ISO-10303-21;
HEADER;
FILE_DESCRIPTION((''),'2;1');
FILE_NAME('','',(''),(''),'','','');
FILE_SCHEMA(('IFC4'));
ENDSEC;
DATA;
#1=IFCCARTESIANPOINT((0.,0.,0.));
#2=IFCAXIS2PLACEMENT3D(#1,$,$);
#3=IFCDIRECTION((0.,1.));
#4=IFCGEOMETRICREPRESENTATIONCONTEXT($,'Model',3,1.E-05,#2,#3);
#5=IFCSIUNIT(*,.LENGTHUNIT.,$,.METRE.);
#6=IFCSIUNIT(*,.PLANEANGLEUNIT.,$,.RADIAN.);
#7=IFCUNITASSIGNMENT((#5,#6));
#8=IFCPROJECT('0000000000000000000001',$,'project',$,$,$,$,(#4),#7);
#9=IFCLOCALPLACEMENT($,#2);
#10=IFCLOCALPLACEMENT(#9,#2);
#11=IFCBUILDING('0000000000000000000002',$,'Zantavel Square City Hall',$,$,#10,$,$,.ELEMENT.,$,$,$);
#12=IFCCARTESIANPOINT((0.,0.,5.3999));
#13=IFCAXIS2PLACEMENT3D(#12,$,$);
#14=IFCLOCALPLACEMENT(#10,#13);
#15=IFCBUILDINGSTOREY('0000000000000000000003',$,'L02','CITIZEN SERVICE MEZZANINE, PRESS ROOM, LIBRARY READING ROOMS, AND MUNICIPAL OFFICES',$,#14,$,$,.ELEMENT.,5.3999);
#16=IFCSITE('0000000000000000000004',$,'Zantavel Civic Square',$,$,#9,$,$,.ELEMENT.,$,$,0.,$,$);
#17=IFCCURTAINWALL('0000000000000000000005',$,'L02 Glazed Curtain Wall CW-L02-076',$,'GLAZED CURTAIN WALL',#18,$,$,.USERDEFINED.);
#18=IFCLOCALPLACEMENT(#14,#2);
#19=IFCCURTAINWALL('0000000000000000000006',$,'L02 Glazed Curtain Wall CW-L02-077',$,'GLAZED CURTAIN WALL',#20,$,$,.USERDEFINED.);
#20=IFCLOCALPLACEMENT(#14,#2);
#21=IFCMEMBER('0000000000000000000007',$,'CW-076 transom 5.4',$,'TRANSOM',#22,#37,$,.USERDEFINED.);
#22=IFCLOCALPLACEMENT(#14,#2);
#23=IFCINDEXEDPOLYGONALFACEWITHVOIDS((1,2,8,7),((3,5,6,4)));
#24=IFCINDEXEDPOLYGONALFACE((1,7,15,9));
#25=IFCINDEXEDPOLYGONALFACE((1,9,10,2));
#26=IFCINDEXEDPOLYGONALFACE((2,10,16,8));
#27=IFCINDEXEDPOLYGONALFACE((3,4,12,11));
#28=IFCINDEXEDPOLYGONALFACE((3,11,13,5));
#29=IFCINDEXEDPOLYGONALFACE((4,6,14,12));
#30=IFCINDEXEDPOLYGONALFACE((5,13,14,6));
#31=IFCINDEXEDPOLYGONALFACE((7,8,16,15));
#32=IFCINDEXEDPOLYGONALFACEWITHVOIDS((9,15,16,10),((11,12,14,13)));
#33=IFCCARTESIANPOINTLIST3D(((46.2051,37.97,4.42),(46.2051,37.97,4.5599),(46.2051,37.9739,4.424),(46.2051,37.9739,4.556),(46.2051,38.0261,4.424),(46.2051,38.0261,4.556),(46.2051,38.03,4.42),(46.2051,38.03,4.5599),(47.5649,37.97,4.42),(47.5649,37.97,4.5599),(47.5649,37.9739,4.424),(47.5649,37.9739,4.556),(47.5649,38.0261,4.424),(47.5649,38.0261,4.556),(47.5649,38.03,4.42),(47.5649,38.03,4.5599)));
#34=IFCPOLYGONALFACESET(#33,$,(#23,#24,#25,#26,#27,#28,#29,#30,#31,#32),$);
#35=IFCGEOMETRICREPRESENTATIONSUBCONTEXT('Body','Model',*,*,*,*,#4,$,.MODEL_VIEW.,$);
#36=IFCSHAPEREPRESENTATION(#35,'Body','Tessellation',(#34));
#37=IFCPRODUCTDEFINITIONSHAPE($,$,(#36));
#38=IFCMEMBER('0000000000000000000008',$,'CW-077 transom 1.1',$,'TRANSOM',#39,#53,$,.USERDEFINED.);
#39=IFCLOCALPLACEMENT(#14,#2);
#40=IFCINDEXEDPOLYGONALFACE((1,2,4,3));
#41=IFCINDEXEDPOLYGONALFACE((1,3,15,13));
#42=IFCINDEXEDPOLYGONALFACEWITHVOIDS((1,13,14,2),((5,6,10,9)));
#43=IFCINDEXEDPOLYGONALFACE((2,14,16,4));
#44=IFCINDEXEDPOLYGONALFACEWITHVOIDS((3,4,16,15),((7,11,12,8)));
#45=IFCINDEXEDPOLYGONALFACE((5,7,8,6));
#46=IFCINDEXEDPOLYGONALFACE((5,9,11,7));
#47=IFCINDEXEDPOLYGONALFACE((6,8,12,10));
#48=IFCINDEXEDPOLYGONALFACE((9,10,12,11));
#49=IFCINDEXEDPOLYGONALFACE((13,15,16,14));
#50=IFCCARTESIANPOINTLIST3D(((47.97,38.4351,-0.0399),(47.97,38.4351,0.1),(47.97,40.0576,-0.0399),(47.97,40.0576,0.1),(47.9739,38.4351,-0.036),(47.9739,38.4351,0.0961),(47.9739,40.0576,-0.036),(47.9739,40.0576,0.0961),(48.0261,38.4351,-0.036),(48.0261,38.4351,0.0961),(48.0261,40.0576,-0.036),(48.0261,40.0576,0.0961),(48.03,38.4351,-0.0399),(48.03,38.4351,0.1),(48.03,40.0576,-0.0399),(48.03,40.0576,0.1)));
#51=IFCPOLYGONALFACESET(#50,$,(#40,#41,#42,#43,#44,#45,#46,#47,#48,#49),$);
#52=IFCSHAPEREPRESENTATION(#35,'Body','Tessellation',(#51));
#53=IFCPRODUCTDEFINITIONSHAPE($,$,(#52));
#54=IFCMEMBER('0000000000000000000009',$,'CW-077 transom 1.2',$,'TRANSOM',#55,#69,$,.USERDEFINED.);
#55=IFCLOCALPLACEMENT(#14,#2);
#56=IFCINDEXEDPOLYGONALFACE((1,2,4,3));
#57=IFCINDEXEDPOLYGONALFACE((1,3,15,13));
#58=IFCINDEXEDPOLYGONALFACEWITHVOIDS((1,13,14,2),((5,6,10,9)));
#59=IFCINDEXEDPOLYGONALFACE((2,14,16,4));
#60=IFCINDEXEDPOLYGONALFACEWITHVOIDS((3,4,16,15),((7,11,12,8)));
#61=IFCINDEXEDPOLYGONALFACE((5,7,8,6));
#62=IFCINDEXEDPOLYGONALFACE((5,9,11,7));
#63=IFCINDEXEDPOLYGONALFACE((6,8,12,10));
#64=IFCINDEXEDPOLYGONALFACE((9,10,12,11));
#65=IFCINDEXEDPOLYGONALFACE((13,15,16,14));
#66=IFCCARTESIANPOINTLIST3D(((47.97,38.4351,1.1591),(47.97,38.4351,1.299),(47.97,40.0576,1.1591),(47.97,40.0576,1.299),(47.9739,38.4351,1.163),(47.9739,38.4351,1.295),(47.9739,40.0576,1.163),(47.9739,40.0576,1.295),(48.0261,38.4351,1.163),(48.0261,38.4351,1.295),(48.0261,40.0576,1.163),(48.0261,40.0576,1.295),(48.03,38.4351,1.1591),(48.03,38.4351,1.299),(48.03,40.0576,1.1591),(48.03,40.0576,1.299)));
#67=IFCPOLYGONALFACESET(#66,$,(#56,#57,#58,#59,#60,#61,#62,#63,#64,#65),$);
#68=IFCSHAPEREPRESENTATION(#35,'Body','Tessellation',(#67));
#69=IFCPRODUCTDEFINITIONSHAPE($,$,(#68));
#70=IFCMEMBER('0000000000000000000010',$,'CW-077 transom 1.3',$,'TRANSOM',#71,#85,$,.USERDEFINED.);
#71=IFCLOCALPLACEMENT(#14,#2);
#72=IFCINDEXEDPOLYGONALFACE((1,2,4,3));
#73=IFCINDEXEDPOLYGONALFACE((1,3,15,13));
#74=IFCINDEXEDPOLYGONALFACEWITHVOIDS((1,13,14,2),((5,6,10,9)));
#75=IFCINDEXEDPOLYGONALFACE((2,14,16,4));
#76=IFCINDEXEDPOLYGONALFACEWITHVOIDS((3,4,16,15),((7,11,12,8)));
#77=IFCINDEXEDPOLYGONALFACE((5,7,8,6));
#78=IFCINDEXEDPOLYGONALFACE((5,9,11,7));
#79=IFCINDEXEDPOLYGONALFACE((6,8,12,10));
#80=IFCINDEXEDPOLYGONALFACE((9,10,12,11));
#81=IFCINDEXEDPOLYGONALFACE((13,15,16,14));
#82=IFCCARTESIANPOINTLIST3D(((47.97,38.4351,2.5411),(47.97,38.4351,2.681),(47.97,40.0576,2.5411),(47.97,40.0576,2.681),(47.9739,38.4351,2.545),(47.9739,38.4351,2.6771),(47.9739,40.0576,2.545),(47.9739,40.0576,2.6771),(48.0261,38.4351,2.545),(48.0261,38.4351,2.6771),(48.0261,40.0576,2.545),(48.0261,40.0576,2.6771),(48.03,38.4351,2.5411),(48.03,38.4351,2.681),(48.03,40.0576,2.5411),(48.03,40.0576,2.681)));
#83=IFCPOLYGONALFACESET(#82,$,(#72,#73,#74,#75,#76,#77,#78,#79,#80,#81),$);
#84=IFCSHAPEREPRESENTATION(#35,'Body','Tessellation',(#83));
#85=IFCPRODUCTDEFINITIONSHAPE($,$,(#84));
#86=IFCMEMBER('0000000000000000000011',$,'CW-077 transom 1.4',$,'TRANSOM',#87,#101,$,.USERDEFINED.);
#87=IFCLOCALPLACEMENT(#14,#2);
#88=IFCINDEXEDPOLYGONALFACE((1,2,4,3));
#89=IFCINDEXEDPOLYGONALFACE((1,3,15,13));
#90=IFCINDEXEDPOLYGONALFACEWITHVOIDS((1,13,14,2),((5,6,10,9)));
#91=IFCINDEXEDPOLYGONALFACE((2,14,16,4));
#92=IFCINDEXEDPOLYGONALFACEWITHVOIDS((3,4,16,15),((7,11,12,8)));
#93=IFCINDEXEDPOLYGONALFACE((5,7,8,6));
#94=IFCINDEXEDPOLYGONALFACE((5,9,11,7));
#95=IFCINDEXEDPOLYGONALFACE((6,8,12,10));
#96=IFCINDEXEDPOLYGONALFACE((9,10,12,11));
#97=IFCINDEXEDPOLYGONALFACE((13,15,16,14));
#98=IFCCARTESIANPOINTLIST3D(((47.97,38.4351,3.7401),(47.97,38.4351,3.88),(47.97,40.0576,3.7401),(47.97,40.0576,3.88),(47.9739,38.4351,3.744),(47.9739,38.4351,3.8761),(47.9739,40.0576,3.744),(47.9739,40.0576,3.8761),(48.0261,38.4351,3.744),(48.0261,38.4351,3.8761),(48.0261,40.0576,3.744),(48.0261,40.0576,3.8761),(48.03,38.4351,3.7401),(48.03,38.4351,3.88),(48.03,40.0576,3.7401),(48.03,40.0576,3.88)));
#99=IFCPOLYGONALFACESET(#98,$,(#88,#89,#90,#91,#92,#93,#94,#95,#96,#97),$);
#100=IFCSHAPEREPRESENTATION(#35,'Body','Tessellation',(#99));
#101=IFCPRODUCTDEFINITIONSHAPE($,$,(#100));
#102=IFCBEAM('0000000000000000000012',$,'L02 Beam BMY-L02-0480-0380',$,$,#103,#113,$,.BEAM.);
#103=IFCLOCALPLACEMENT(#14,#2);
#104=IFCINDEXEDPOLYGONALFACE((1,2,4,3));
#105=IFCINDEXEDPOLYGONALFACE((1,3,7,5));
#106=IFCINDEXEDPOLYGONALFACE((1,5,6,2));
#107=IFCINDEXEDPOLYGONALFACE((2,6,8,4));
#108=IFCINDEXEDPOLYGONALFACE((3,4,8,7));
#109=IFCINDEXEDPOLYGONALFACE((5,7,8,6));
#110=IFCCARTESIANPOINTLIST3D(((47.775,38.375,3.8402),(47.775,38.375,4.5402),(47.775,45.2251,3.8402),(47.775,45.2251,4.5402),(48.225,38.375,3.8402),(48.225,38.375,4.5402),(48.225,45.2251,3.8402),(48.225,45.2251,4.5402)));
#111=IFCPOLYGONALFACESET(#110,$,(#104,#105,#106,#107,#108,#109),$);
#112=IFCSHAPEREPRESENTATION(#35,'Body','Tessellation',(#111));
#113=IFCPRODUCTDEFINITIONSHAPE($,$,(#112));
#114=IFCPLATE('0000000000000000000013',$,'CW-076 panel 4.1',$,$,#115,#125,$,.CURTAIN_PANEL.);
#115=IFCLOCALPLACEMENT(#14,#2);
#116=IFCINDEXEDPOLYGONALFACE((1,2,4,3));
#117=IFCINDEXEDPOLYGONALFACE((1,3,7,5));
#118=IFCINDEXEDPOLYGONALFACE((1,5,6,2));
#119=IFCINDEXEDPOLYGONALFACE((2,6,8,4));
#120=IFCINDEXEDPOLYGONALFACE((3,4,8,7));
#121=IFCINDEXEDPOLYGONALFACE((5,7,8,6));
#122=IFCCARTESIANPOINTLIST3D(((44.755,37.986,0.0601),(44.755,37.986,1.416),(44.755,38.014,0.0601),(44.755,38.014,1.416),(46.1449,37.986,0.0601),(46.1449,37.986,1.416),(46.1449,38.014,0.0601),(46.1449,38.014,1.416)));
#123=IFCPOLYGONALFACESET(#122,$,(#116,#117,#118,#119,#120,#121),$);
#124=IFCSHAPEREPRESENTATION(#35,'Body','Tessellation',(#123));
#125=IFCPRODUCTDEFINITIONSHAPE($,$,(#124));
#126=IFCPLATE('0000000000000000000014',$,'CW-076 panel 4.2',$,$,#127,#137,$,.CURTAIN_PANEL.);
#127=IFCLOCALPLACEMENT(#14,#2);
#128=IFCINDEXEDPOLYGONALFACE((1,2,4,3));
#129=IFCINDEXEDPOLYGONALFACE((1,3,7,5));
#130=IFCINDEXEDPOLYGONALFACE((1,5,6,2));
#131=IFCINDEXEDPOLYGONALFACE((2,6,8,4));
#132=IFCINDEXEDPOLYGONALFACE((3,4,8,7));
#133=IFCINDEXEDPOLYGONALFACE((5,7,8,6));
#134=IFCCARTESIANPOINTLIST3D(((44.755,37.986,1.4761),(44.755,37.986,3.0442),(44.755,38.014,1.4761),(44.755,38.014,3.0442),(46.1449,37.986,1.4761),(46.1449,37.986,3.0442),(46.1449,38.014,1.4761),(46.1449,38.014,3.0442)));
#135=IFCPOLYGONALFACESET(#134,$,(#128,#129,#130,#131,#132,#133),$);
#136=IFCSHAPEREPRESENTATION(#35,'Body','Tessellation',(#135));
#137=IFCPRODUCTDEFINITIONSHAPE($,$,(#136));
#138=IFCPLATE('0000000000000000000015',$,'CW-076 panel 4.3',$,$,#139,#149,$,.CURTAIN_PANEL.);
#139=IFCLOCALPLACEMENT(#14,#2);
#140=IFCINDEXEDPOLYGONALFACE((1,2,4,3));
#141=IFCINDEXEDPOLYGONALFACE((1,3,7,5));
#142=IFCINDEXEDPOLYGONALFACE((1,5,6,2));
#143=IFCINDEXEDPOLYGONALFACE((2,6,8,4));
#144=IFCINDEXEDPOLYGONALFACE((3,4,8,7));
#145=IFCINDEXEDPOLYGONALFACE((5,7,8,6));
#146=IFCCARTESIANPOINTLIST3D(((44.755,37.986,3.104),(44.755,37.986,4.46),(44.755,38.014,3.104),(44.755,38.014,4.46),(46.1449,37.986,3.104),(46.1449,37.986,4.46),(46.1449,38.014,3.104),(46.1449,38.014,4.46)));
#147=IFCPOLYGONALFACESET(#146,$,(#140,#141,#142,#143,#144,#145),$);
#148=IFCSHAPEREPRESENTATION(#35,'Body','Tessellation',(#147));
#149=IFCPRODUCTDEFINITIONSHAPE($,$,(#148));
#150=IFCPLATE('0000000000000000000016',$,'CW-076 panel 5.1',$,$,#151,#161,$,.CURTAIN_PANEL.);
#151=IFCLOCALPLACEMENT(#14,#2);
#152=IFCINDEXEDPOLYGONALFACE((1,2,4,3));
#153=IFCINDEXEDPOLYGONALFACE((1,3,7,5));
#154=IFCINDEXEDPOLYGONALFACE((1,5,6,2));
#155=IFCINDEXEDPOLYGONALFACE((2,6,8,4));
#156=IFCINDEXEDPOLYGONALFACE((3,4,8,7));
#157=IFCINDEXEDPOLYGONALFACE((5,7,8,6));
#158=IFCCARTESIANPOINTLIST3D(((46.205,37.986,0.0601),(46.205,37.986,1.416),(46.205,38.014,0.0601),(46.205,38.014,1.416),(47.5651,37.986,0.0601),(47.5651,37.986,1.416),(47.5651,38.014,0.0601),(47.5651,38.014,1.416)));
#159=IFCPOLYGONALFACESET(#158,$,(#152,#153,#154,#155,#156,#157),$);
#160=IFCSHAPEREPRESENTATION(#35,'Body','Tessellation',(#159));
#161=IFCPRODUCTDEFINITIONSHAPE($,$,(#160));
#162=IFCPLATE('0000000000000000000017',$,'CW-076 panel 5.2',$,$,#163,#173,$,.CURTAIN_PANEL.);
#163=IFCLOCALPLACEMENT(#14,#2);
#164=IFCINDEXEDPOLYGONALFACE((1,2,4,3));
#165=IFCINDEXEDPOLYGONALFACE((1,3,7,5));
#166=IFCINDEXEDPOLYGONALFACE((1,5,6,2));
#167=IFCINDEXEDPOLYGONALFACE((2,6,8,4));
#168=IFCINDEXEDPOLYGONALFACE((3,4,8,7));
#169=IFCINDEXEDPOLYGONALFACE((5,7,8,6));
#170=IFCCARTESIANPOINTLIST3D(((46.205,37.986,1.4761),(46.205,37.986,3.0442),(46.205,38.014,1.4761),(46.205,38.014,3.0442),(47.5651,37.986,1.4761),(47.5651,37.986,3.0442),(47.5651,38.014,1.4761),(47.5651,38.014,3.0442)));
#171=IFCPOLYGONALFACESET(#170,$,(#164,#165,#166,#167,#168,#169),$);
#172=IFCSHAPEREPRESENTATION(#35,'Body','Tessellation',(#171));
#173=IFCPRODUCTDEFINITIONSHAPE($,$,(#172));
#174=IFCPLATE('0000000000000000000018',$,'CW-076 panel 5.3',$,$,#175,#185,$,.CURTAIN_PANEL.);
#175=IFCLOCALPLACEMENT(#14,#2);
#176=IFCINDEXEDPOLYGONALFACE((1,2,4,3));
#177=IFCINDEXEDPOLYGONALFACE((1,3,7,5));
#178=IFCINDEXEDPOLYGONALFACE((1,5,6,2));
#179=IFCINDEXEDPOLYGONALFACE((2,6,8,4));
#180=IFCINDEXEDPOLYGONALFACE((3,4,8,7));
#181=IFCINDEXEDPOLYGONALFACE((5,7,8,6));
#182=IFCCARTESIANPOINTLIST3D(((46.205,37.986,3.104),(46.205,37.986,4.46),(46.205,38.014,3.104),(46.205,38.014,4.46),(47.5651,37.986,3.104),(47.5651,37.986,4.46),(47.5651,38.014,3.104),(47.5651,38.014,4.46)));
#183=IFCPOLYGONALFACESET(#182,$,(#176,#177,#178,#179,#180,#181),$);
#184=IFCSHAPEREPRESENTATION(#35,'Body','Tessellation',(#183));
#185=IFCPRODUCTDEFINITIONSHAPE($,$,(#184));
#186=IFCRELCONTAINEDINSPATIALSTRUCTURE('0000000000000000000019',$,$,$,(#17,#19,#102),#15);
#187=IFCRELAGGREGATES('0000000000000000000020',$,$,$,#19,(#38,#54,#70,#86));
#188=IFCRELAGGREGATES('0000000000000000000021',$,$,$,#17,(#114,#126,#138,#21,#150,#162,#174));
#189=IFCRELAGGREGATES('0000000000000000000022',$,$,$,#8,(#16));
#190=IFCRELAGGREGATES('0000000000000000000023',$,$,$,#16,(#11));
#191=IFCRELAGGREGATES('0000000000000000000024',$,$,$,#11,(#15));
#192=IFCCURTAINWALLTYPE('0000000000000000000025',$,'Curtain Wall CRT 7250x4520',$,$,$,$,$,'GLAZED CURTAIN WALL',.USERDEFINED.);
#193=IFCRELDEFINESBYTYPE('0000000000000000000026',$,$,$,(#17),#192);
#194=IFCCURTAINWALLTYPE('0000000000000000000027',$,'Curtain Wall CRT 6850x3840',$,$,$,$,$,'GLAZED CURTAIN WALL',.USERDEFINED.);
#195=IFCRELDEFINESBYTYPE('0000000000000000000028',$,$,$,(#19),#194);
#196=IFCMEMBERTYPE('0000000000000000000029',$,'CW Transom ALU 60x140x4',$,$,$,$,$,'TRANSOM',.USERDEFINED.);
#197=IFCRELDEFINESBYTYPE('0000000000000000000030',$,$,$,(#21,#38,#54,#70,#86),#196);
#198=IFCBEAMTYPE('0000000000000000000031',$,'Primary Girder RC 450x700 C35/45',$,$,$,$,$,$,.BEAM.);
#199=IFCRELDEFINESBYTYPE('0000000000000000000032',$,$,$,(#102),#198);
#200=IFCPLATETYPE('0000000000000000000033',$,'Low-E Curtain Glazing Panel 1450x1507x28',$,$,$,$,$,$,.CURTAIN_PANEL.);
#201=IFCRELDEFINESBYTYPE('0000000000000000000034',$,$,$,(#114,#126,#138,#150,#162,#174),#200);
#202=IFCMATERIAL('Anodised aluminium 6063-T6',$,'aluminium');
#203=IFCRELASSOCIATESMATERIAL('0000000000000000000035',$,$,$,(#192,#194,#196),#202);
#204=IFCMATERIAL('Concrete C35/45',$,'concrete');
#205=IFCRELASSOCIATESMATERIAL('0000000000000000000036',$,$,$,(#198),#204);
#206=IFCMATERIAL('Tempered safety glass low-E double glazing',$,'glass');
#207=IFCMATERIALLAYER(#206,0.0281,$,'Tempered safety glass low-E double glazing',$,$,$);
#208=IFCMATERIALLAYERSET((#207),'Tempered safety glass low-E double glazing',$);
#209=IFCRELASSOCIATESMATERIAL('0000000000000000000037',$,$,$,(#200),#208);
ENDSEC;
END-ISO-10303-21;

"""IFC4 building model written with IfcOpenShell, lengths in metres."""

from ifc_helpers import new_model, si_unit, direction, frame, origin, origin_2d, place, context, subcontext, project, spatial, rectangle, hollow_rectangle, extrude, material, layer, layer_set, material_profile, profile_set, type_object, element, aggregate, save


model = new_model("IFC4")

# Units and contexts
model_context = context("Model", 3, precision=1e-05, world=origin(), true_north=direction((0.0, 1.0)))
body_context = subcontext(model_context, "Body", "Model", "MODEL_VIEW")
ifc_project = project(units=[si_unit("LENGTHUNIT", "METRE"), si_unit("PLANEANGLEUNIT", "RADIAN")], contexts=[model_context])

# Site, building, storey
site_placement = place(None, origin())
site = spatial("IfcSite", under=ifc_project, at=site_placement, Name="Zantavel Civic Square", CompositionType="ELEMENT", RefElevation=0.0)
building_placement = place(site_placement, origin())
building = spatial("IfcBuilding", under=site, at=building_placement, Name="Zantavel Square City Hall", CompositionType="ELEMENT")
storey_placement = place(building_placement, frame((0.0, 0.0, 5.3999)))
storey = spatial("IfcBuildingStorey", under=building, at=storey_placement, Name="L02", Description="CITIZEN SERVICE MEZZANINE, PRESS ROOM, LIBRARY READING ROOMS, AND MUNICIPAL OFFICES", CompositionType="ELEMENT", Elevation=5.3999)

# Curtain wall
ifc_material_1 = material(Name="Anodised aluminium 6063-T6", Category="aluminium")
curtain_wall_type_1 = type_object("IfcCurtainWallType", Name="Curtain Wall CRT 7250x4520", ElementType="GLAZED CURTAIN WALL", PredefinedType="USERDEFINED", material=ifc_material_1)
curtain_wall_1_placement = place(storey_placement, origin())
curtain_wall_1 = element("IfcCurtainWall", 1, at=curtain_wall_1_placement, inside=storey, type_object=curtain_wall_type_1, Name="L02 Glazed Curtain Wall CW-L02-076", ObjectType="GLAZED CURTAIN WALL", PredefinedType="USERDEFINED")

# Curtain wall
curtain_wall_type_2 = type_object("IfcCurtainWallType", Name="Curtain Wall CRT 6850x3840", ElementType="GLAZED CURTAIN WALL", PredefinedType="USERDEFINED", material=ifc_material_1)
curtain_wall_2_placement = place(storey_placement, origin())
curtain_wall_2 = element("IfcCurtainWall", 2, at=curtain_wall_2_placement, inside=storey, type_object=curtain_wall_type_2, Name="L02 Glazed Curtain Wall CW-L02-077", ObjectType="GLAZED CURTAIN WALL", PredefinedType="USERDEFINED")

# Members
ifc_material_profile_1 = material_profile(ifc_material_1, hollow_rectangle(XDim=0.0601, YDim=0.1399, WallThickness=0.0039, at=origin_2d()), Name="ALU 60x140x4")
ifc_profile_set_1 = profile_set([ifc_material_profile_1], Name="Anodised aluminium 6063-T6")
member_type_1 = type_object("IfcMemberType", Name="CW Transom ALU 60x140x4", ElementType="TRANSOM", PredefinedType="USERDEFINED", material=ifc_profile_set_1)
member_1_placement = place(storey_placement, frame((46.2051, 38.0, 4.49), z_axis=(1.0, 0.0, 0.0), x_axis=(0.0, 1.0, 0.0)))
member_1 = element("IfcMember", 3, at=member_1_placement, type_object=member_type_1, Name="CW-076 transom 5.4", ObjectType="TRANSOM", PredefinedType="USERDEFINED", context=body_context, shape_type="SweptSolid", body=[
    extrude(hollow_rectangle(XDim=0.0601, YDim=0.1399, WallThickness=0.0039, at=origin_2d()), origin(), (0.0, 0.0, 1.0), 1.3599),
])
member_2_placement = place(storey_placement, frame((48.0, 38.4351, 0.03), z_axis=(0.0, 1.0, 0.0), x_axis=(-1.0, 0.0, 0.0)))
member_2 = element("IfcMember", 4, at=member_2_placement, type_object=member_type_1, Name="CW-077 transom 1.1", ObjectType="TRANSOM", PredefinedType="USERDEFINED", context=body_context, shape_type="SweptSolid", body=[
    extrude(hollow_rectangle(XDim=0.0601, YDim=0.1399, WallThickness=0.0039, at=origin_2d()), origin(), (0.0, 0.0, 1.0), 1.6226),
])
member_3_placement = place(storey_placement, frame((48.0, 38.4351, 1.229), z_axis=(0.0, 1.0, 0.0), x_axis=(-1.0, 0.0, 0.0)))
member_3 = element("IfcMember", 5, at=member_3_placement, type_object=member_type_1, Name="CW-077 transom 1.2", ObjectType="TRANSOM", PredefinedType="USERDEFINED", context=body_context, shape_type="SweptSolid", body=[
    extrude(hollow_rectangle(XDim=0.0601, YDim=0.1399, WallThickness=0.0039, at=origin_2d()), origin(), (0.0, 0.0, 1.0), 1.6226),
])
member_4_placement = place(storey_placement, frame((48.0, 38.4351, 2.6111), z_axis=(0.0, 1.0, 0.0), x_axis=(-1.0, 0.0, 0.0)))
member_4 = element("IfcMember", 6, at=member_4_placement, type_object=member_type_1, Name="CW-077 transom 1.3", ObjectType="TRANSOM", PredefinedType="USERDEFINED", context=body_context, shape_type="SweptSolid", body=[
    extrude(hollow_rectangle(XDim=0.0601, YDim=0.1399, WallThickness=0.0039, at=origin_2d()), origin(), (0.0, 0.0, 1.0), 1.6226),
])
member_5_placement = place(storey_placement, frame((48.0, 38.4351, 3.8101), z_axis=(0.0, 1.0, 0.0), x_axis=(-1.0, 0.0, 0.0)))
member_5 = element("IfcMember", 7, at=member_5_placement, type_object=member_type_1, Name="CW-077 transom 1.4", ObjectType="TRANSOM", PredefinedType="USERDEFINED", context=body_context, shape_type="SweptSolid", body=[
    extrude(hollow_rectangle(XDim=0.0601, YDim=0.1399, WallThickness=0.0039, at=origin_2d()), origin(), (0.0, 0.0, 1.0), 1.6226),
])
aggregate(curtain_wall_2, [member_2, member_3, member_4, member_5])

# Beam
ifc_material_2 = material(Name="Concrete C35/45", Category="concrete")
ifc_material_profile_2 = material_profile(ifc_material_2, rectangle(XDim=0.45, YDim=0.7, at=origin_2d()), Name="RC 450x700")
ifc_profile_set_2 = profile_set([ifc_material_profile_2], Name="Concrete C35/45")
beam_type = type_object("IfcBeamType", Name="Primary Girder RC 450x700 C35/45", PredefinedType="BEAM", material=ifc_profile_set_2)
beam_placement = place(storey_placement, frame((48.0, 38.375, 4.1902), z_axis=(0.0, 1.0, 0.0), x_axis=(-1.0, 0.0, 0.0)))
element("IfcBeam", 8, at=beam_placement, inside=storey, type_object=beam_type, Name="L02 Beam BMY-L02-0480-0380", PredefinedType="BEAM", context=body_context, shape_type="SweptSolid", body=[
    extrude(rectangle(XDim=0.45, YDim=0.7, at=origin_2d()), origin(), (0.0, 0.0, 1.0), 6.8501),
])

# Plates
ifc_material_3 = material(Name="Tempered safety glass low-E double glazing", Category="glass")
ifc_layer = layer(ifc_material_3, 0.0281, Name="Tempered safety glass low-E double glazing")
ifc_layer_set = layer_set([ifc_layer], Name="Tempered safety glass low-E double glazing")
plate_type = type_object("IfcPlateType", Name="Low-E Curtain Glazing Panel 1450x1507x28", PredefinedType="CURTAIN_PANEL", material=ifc_layer_set)
plate_1_placement = place(storey_placement, frame((45.45, 38.0, 0.0601), z_axis=(0.0, 0.0, 1.0), x_axis=(1.0, 0.0, 0.0)))
plate_1 = element("IfcPlate", 9, at=plate_1_placement, type_object=plate_type, Name="CW-076 panel 4.1", PredefinedType="CURTAIN_PANEL", context=body_context, shape_type="SweptSolid", body=[
    extrude(rectangle(XDim=1.3899, YDim=0.0281, at=origin_2d()), origin(), (0.0, 0.0, 1.0), 1.356),
])
plate_2_placement = place(storey_placement, frame((45.45, 38.0, 1.4761), z_axis=(0.0, 0.0, 1.0), x_axis=(1.0, 0.0, 0.0)))
plate_2 = element("IfcPlate", 10, at=plate_2_placement, type_object=plate_type, Name="CW-076 panel 4.2", PredefinedType="CURTAIN_PANEL", context=body_context, shape_type="SweptSolid", body=[
    extrude(rectangle(XDim=1.3899, YDim=0.0281, at=origin_2d()), origin(), (0.0, 0.0, 1.0), 1.5681),
])
plate_3_placement = place(storey_placement, frame((45.45, 38.0, 3.104), z_axis=(0.0, 0.0, 1.0), x_axis=(1.0, 0.0, 0.0)))
plate_3 = element("IfcPlate", 11, at=plate_3_placement, type_object=plate_type, Name="CW-076 panel 4.3", PredefinedType="CURTAIN_PANEL", context=body_context, shape_type="SweptSolid", body=[
    extrude(rectangle(XDim=1.3899, YDim=0.0281, at=origin_2d()), origin(), (0.0, 0.0, 1.0), 1.356),
])
plate_4_placement = place(storey_placement, frame((46.885, 38.0, 0.0601), z_axis=(0.0, 0.0, 1.0), x_axis=(1.0, 0.0, 0.0)))
plate_4 = element("IfcPlate", 12, at=plate_4_placement, type_object=plate_type, Name="CW-076 panel 5.1", PredefinedType="CURTAIN_PANEL", context=body_context, shape_type="SweptSolid", body=[
    extrude(rectangle(XDim=1.3601, YDim=0.0281, at=origin_2d()), origin(), (0.0, 0.0, 1.0), 1.356),
])
plate_5_placement = place(storey_placement, frame((46.885, 38.0, 1.4761), z_axis=(0.0, 0.0, 1.0), x_axis=(1.0, 0.0, 0.0)))
plate_5 = element("IfcPlate", 13, at=plate_5_placement, type_object=plate_type, Name="CW-076 panel 5.2", PredefinedType="CURTAIN_PANEL", context=body_context, shape_type="SweptSolid", body=[
    extrude(rectangle(XDim=1.3601, YDim=0.0281, at=origin_2d()), origin(), (0.0, 0.0, 1.0), 1.5681),
])
plate_6_placement = place(storey_placement, frame((46.885, 38.0, 3.104), z_axis=(0.0, 0.0, 1.0), x_axis=(1.0, 0.0, 0.0)))
plate_6 = element("IfcPlate", 14, at=plate_6_placement, type_object=plate_type, Name="CW-076 panel 5.3", PredefinedType="CURTAIN_PANEL", context=body_context, shape_type="SweptSolid", body=[
    extrude(rectangle(XDim=1.3601, YDim=0.0281, at=origin_2d()), origin(), (0.0, 0.0, 1.0), 1.356),
])
aggregate(curtain_wall_1, [plate_1, plate_2, plate_3, member_1, plate_4, plate_5, plate_6])

save(model, "model.ifc")
